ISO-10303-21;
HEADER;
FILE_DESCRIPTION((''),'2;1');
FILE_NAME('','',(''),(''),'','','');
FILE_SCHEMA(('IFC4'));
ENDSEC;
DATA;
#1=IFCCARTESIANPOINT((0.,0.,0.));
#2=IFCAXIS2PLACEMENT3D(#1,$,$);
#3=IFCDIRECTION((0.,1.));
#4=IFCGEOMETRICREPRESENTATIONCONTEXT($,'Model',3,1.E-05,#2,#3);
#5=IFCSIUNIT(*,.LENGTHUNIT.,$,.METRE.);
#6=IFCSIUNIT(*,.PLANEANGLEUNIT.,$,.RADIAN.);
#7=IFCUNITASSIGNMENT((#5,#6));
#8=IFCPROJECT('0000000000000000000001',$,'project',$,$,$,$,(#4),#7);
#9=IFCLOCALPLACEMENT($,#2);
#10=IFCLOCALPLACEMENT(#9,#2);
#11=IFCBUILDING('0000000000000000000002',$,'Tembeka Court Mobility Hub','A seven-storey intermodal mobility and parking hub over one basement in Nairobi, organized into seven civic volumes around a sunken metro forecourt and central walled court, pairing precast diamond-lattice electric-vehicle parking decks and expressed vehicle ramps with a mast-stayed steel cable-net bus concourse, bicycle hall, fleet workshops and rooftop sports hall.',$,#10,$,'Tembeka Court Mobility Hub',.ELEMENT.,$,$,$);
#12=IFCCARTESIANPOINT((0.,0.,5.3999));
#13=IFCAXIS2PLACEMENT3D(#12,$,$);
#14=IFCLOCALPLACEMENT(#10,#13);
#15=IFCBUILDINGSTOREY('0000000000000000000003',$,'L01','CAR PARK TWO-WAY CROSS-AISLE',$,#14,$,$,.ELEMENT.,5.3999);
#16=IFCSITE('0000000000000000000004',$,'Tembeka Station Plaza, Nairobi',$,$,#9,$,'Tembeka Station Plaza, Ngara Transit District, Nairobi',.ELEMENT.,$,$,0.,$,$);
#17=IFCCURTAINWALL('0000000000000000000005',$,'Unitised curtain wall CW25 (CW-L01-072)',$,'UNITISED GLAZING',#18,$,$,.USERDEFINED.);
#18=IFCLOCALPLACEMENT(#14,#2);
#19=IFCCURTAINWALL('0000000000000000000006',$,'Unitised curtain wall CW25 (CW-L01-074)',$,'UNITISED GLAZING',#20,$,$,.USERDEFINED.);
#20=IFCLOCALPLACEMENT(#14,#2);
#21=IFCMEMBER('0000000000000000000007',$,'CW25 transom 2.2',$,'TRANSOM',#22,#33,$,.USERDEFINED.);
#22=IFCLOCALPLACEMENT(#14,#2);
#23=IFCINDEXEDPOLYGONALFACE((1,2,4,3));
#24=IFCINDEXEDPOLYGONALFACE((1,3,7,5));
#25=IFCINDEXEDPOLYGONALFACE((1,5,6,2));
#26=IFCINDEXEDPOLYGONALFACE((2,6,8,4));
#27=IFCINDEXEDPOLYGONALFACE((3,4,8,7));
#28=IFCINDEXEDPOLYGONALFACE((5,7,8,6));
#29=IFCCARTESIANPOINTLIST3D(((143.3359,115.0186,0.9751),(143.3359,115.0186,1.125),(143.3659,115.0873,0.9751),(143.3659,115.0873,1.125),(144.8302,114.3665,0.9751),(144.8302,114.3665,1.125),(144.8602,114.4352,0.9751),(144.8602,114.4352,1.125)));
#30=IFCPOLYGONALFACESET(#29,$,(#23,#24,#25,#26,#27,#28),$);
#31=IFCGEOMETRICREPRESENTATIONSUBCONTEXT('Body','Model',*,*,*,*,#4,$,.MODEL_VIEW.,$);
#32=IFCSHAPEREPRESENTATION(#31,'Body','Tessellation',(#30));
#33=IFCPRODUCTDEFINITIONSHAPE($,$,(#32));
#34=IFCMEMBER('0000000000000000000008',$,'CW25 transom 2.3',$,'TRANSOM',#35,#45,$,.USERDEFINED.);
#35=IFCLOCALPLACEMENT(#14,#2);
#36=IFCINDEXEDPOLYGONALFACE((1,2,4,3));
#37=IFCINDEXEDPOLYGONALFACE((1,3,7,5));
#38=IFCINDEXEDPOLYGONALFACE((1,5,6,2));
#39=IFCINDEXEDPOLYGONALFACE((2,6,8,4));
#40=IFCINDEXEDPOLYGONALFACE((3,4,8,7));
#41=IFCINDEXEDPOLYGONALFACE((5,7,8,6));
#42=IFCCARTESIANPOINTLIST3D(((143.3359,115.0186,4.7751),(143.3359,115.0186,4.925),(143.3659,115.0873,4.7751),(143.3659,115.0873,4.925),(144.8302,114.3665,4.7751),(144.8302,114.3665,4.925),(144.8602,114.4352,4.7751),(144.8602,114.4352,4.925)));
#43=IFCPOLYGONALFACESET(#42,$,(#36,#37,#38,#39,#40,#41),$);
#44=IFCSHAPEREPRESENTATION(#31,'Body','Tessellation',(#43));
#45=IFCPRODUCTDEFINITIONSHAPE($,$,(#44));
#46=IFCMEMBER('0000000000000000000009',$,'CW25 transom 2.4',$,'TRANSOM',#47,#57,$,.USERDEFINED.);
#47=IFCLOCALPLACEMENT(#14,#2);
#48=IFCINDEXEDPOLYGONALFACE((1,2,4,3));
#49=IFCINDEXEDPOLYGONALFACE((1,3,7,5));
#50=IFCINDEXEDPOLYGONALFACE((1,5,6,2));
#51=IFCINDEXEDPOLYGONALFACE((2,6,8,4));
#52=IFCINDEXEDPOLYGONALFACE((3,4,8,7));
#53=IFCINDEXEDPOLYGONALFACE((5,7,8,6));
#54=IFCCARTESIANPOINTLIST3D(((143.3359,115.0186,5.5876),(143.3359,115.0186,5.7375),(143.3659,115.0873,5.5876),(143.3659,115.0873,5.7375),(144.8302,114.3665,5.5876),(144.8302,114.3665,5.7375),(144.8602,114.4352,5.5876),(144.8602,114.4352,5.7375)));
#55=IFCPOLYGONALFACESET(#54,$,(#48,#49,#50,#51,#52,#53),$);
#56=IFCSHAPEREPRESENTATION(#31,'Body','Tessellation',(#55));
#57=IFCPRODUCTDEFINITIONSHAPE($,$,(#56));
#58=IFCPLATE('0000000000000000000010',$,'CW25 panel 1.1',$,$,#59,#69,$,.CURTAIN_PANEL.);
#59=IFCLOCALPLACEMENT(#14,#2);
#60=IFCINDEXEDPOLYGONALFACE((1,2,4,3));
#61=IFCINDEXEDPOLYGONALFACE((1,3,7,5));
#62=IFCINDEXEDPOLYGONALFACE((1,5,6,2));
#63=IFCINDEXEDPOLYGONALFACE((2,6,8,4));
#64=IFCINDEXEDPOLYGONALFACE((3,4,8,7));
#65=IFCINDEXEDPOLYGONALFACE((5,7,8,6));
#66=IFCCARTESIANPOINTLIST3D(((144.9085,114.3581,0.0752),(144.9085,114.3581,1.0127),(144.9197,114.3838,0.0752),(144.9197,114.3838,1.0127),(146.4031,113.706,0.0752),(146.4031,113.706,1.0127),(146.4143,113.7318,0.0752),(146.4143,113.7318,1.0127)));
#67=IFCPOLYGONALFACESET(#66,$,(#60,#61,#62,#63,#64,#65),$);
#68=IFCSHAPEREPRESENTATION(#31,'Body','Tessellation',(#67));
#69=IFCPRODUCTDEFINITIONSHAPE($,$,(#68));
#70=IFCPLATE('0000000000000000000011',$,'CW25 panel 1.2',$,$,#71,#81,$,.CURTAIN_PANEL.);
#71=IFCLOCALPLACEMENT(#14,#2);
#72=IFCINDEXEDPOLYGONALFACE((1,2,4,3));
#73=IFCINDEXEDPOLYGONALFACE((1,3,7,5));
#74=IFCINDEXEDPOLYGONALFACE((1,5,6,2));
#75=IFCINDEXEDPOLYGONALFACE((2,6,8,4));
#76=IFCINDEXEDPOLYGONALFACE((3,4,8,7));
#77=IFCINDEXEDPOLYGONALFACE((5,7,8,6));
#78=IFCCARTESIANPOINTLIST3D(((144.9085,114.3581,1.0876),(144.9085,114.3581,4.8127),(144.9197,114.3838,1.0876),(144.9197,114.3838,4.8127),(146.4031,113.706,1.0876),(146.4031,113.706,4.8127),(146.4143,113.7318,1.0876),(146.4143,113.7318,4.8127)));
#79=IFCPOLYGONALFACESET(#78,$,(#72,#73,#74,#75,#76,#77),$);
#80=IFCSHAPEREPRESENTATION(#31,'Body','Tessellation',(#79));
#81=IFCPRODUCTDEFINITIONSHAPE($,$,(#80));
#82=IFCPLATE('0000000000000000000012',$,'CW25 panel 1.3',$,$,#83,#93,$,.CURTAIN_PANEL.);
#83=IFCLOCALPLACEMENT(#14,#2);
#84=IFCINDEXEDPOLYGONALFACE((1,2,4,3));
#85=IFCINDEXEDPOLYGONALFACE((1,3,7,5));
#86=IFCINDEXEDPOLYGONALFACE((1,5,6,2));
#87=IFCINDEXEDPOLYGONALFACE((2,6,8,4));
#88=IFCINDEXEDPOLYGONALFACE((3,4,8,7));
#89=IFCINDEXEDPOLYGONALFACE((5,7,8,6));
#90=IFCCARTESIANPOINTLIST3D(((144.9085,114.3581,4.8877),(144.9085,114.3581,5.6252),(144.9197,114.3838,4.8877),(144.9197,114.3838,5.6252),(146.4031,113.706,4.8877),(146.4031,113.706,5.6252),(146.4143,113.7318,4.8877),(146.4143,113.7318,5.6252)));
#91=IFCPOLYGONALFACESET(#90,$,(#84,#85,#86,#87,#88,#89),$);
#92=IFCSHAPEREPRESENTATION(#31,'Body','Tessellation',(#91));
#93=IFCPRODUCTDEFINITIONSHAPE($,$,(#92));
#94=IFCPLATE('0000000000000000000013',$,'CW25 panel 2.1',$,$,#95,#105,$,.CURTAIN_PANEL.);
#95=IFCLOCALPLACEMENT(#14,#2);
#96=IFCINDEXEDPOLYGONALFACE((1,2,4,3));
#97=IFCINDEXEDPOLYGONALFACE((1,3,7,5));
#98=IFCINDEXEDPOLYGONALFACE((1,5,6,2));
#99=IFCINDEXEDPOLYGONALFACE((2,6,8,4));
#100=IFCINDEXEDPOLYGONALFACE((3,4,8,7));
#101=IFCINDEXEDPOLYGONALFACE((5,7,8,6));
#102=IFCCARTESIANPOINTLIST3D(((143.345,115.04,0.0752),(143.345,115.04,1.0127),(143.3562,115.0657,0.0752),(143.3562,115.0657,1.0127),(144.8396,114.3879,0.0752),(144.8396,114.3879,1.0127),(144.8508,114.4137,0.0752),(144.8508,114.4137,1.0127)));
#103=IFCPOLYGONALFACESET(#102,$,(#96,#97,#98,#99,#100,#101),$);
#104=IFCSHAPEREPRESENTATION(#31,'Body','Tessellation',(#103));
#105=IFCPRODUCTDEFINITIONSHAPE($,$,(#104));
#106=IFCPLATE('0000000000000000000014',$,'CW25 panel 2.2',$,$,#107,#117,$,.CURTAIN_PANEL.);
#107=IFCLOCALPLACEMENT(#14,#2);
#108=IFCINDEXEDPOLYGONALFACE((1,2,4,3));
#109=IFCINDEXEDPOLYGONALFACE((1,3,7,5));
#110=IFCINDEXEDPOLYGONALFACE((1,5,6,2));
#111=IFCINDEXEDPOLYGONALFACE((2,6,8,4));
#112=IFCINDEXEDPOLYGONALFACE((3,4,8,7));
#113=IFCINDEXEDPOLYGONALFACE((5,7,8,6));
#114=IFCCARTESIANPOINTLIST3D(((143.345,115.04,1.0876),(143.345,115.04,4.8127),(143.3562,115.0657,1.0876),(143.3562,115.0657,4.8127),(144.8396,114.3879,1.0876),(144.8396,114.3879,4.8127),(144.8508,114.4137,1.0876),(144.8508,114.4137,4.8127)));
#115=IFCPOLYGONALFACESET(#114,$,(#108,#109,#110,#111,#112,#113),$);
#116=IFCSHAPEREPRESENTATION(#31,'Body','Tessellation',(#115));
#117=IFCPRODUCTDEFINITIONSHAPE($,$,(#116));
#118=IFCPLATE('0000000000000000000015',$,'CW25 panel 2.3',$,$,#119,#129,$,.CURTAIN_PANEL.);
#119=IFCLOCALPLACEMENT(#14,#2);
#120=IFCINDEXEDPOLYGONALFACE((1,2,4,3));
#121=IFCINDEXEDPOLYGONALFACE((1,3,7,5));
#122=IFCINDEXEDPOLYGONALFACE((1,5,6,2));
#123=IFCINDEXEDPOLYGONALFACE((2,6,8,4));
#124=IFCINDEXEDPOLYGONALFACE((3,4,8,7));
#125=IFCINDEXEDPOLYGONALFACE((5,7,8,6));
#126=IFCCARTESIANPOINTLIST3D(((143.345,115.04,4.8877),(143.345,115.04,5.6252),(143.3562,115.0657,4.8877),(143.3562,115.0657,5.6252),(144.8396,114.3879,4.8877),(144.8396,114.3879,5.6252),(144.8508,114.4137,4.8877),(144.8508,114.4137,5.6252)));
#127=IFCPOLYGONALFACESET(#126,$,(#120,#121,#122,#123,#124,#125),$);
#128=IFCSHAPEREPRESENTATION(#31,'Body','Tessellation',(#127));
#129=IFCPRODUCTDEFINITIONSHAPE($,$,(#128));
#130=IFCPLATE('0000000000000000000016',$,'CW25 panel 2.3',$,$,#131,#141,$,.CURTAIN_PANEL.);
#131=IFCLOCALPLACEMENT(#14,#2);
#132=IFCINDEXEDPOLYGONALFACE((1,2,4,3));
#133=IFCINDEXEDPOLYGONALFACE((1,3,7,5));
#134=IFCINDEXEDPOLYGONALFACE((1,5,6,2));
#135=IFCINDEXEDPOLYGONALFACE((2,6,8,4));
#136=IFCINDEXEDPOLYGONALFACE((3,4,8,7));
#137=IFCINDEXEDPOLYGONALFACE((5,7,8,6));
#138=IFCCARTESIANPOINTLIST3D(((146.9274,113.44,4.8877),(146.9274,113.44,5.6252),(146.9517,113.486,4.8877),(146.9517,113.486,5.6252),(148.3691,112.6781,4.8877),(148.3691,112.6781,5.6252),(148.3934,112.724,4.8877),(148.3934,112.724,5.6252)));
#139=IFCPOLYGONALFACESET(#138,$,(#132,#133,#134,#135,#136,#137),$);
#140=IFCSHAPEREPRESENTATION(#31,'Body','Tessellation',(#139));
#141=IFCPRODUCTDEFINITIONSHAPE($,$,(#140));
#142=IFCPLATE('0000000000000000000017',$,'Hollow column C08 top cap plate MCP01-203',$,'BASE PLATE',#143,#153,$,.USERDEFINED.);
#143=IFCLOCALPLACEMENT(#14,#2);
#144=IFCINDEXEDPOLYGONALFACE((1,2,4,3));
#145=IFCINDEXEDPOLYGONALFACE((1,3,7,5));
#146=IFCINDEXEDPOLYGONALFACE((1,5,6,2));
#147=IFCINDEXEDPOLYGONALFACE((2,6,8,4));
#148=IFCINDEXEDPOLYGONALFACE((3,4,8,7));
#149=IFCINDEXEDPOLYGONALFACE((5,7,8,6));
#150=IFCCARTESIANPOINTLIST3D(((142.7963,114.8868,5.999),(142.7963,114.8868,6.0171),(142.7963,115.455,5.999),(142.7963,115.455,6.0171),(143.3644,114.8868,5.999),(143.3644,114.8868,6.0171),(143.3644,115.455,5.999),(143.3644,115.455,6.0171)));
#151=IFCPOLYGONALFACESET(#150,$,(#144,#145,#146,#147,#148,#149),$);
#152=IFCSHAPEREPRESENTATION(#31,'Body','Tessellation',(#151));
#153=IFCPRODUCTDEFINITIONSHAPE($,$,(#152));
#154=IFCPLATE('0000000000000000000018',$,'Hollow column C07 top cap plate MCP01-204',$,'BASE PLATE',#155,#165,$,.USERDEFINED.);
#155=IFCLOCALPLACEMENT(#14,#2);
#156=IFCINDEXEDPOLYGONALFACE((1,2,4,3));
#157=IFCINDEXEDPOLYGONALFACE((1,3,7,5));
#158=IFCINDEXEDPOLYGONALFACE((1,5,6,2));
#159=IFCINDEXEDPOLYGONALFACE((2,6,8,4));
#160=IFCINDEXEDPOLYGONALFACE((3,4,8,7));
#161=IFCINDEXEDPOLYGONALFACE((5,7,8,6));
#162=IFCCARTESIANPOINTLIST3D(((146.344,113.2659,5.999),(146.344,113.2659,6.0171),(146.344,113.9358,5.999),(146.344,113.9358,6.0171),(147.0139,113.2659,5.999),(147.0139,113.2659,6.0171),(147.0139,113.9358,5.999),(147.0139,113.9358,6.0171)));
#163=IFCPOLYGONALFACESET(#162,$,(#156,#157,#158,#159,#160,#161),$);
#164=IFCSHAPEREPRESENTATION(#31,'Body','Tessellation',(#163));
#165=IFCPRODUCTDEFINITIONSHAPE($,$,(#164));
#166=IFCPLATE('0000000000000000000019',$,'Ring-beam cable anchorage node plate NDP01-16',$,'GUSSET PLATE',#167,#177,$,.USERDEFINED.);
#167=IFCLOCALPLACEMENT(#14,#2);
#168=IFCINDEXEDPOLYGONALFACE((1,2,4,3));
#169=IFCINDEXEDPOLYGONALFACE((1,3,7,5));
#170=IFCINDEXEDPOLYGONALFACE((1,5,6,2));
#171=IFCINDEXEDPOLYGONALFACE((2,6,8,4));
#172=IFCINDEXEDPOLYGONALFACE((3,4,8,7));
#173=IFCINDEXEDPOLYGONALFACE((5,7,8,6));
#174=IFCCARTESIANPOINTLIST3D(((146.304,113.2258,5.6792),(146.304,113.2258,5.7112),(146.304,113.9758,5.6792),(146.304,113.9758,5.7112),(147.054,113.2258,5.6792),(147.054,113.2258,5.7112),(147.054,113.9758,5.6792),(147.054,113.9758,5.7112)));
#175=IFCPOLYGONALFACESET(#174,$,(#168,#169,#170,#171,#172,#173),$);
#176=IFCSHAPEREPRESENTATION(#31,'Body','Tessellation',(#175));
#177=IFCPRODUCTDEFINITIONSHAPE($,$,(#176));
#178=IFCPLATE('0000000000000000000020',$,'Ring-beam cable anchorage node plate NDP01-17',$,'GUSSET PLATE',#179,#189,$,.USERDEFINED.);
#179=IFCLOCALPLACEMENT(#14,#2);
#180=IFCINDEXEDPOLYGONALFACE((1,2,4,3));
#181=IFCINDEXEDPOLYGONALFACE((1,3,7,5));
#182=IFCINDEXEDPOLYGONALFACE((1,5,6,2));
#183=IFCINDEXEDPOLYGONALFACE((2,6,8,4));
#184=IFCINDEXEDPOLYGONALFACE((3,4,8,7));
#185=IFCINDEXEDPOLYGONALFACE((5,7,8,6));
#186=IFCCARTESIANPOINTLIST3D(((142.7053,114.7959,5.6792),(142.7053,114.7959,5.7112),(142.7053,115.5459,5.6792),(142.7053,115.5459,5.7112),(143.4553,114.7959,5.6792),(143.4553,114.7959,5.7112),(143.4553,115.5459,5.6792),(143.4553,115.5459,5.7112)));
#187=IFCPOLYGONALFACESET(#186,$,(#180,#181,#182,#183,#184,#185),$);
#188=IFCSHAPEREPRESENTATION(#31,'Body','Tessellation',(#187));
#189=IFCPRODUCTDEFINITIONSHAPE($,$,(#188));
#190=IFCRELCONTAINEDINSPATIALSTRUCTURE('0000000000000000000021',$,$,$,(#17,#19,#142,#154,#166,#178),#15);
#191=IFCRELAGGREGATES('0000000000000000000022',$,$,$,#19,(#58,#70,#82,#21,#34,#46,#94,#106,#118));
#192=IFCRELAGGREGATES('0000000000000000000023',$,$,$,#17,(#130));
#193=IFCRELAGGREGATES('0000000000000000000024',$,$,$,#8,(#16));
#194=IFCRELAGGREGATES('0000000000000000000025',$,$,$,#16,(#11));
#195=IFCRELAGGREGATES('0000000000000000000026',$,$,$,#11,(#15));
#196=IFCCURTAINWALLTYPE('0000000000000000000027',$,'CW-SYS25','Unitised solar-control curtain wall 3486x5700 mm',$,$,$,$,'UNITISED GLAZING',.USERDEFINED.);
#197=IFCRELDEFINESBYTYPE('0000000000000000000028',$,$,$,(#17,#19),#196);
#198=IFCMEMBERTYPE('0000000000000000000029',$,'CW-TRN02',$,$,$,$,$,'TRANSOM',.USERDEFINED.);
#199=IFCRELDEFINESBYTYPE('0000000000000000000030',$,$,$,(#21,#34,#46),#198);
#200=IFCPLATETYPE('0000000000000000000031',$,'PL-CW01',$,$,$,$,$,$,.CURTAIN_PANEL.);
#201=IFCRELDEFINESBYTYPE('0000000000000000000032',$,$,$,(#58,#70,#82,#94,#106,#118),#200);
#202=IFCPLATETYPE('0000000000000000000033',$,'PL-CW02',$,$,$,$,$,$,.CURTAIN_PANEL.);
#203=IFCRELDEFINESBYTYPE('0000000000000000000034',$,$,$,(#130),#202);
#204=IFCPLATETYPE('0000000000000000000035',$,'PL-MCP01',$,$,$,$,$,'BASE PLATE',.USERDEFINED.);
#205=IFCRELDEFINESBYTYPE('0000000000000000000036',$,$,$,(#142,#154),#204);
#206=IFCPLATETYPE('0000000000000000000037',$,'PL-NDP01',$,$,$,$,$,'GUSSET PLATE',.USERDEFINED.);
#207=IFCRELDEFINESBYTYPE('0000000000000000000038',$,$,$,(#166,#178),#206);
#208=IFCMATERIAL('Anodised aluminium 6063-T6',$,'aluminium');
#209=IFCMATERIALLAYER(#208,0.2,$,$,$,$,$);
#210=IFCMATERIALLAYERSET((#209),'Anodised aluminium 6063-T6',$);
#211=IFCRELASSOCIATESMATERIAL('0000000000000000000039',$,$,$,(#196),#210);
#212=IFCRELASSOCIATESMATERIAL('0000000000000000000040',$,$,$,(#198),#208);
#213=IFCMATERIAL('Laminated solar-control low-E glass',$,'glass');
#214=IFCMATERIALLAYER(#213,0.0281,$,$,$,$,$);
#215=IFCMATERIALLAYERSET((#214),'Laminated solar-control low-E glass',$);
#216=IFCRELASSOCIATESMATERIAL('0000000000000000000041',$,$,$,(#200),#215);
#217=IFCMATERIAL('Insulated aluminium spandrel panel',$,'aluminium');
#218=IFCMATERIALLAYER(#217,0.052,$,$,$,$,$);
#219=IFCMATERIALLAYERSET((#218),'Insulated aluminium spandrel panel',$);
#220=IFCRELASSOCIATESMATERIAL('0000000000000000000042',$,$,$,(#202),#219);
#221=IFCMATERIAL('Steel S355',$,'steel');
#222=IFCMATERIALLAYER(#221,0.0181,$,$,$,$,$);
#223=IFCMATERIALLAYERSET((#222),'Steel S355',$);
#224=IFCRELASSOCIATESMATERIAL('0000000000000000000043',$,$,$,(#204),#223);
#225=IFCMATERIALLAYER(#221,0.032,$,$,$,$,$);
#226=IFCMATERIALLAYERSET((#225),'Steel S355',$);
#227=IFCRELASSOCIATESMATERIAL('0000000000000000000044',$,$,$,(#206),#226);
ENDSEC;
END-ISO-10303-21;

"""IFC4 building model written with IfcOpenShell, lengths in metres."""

from ifc_helpers import new_model, si_unit, direction, frame, origin, origin_2d, place, context, subcontext, project, spatial, rectangle, extrude, material, layer, layer_set, material_profile, profile_set, type_object, element, aggregate, save


model = new_model("IFC4")

# Units and contexts
model_context = context("Model", 3, precision=1e-05, world=origin(), true_north=direction((0.0, 1.0)))
body_context = subcontext(model_context, "Body", "Model", "MODEL_VIEW")
ifc_project = project(units=[si_unit("LENGTHUNIT", "METRE"), si_unit("PLANEANGLEUNIT", "RADIAN")], contexts=[model_context])

# Site, building, storey
site_placement = place(None, origin())
site = spatial("IfcSite", under=ifc_project, at=site_placement, Name="Tembeka Station Plaza, Nairobi", LongName="Tembeka Station Plaza, Ngara Transit District, Nairobi", CompositionType="ELEMENT", RefElevation=0.0)
building_placement = place(site_placement, origin())
building = spatial("IfcBuilding", under=site, at=building_placement, Name="Tembeka Court Mobility Hub", Description="A seven-storey intermodal mobility and parking hub over one basement in Nairobi, organized into seven civic volumes around a sunken metro forecourt and central walled court, pairing precast diamond-lattice electric-vehicle parking decks and expressed vehicle ramps with a mast-stayed steel cable-net bus concourse, bicycle hall, fleet workshops and rooftop sports hall.", LongName="Tembeka Court Mobility Hub", CompositionType="ELEMENT")
storey_placement = place(building_placement, frame((0.0, 0.0, 5.3999)))
storey = spatial("IfcBuildingStorey", under=building, at=storey_placement, Name="L01", Description="CAR PARK TWO-WAY CROSS-AISLE", CompositionType="ELEMENT", Elevation=5.3999)

# Shared definitions
ifc_material_1 = material(Name="Steel S355", Category="steel")

# Curtain wall
ifc_material_2 = material(Name="Anodised aluminium 6063-T6", Category="aluminium")
ifc_layer_1 = layer(ifc_material_2, 0.2)
ifc_layer_set_1 = layer_set([ifc_layer_1], Name="Anodised aluminium 6063-T6")
curtain_wall_type = type_object("IfcCurtainWallType", Name="CW-SYS25", Description="Unitised solar-control curtain wall 3486x5700 mm", ElementType="UNITISED GLAZING", PredefinedType="USERDEFINED", material=ifc_layer_set_1)
curtain_wall_1_placement = place(storey_placement, origin())
curtain_wall_1 = element("IfcCurtainWall", 1, at=curtain_wall_1_placement, inside=storey, type_object=curtain_wall_type, Name="Unitised curtain wall CW25 (CW-L01-072)", ObjectType="UNITISED GLAZING", PredefinedType="USERDEFINED")

# Curtain wall, members, plates
curtain_wall_2_placement = place(storey_placement, origin())
curtain_wall_2 = element("IfcCurtainWall", 2, at=curtain_wall_2_placement, inside=storey, type_object=curtain_wall_type, Name="Unitised curtain wall CW25 (CW-L01-074)", ObjectType="UNITISED GLAZING", PredefinedType="USERDEFINED")
ifc_material_profile_1 = material_profile(ifc_material_2, rectangle(XDim=0.075, YDim=0.1499, at=origin_2d()), Name="ALU-TRN 75x150")
ifc_profile_set_1 = profile_set([ifc_material_profile_1], Name="Anodised aluminium 6063-T6")
member_type_1 = type_object("IfcMemberType", Name="CW-TRN02", ElementType="TRANSOM", PredefinedType="USERDEFINED", material=ifc_profile_set_1)
member_1_placement = place(storey_placement, frame((144.8452, 114.4009, 1.05), z_axis=(-0.916538, 0.399947, 0.0), x_axis=(-0.399947, -0.916538, 0.0)))
member_1 = element("IfcMember", 3, at=member_1_placement, type_object=member_type_1, Name="CW25 transom 2.2", ObjectType="TRANSOM", PredefinedType="USERDEFINED", context=body_context, shape_type="SweptSolid", body=[
    extrude(rectangle(XDim=0.075, YDim=0.1499, at=origin_2d()), origin(), (0.0, 0.0, 1.0), 1.6304),
])
member_2_placement = place(storey_placement, frame((144.8452, 114.4009, 4.8501), z_axis=(-0.916538, 0.399947, 0.0), x_axis=(-0.399947, -0.916538, 0.0)))
member_2 = element("IfcMember", 4, at=member_2_placement, type_object=member_type_1, Name="CW25 transom 2.3", ObjectType="TRANSOM", PredefinedType="USERDEFINED", context=body_context, shape_type="SweptSolid", body=[
    extrude(rectangle(XDim=0.075, YDim=0.1499, at=origin_2d()), origin(), (0.0, 0.0, 1.0), 1.6304),
])
member_3_placement = place(storey_placement, frame((144.8452, 114.4009, 5.6626), z_axis=(-0.916538, 0.399947, 0.0), x_axis=(-0.399947, -0.916538, 0.0)))
member_3 = element("IfcMember", 5, at=member_3_placement, type_object=member_type_1, Name="CW25 transom 2.4", ObjectType="TRANSOM", PredefinedType="USERDEFINED", context=body_context, shape_type="SweptSolid", body=[
    extrude(rectangle(XDim=0.075, YDim=0.1499, at=origin_2d()), origin(), (0.0, 0.0, 1.0), 1.6304),
])
ifc_material_3 = material(Name="Laminated solar-control low-E glass", Category="glass")
ifc_layer_2 = layer(ifc_material_3, 0.0281)
ifc_layer_set_2 = layer_set([ifc_layer_2], Name="Laminated solar-control low-E glass")
plate_type_1 = type_object("IfcPlateType", Name="PL-CW01", PredefinedType="CURTAIN_PANEL", material=ifc_layer_set_2)
plate_1_placement = place(storey_placement, frame((145.6614, 114.0449, 0.0752), z_axis=(0.0, 0.0, 1.0), x_axis=(-0.916572, 0.399869, 0.0)))
plate_1 = element("IfcPlate", 6, at=plate_1_placement, type_object=plate_type_1, Name="CW25 panel 1.1", PredefinedType="CURTAIN_PANEL", context=body_context, shape_type="SweptSolid", body=[
    extrude(rectangle(XDim=1.6306, YDim=0.0281, at=origin_2d()), origin(), (0.0, 0.0, 1.0), 0.9375),
])
plate_2_placement = place(storey_placement, frame((145.6614, 114.0449, 1.0876), z_axis=(0.0, 0.0, 1.0), x_axis=(-0.916572, 0.399869, 0.0)))
plate_2 = element("IfcPlate", 7, at=plate_2_placement, type_object=plate_type_1, Name="CW25 panel 1.2", PredefinedType="CURTAIN_PANEL", context=body_context, shape_type="SweptSolid", body=[
    extrude(rectangle(XDim=1.6306, YDim=0.0281, at=origin_2d()), origin(), (0.0, 0.0, 1.0), 3.7251),
])
plate_3_placement = place(storey_placement, frame((145.6614, 114.0449, 4.8877), z_axis=(0.0, 0.0, 1.0), x_axis=(-0.916572, 0.399869, 0.0)))
plate_3 = element("IfcPlate", 8, at=plate_3_placement, type_object=plate_type_1, Name="CW25 panel 1.3", PredefinedType="CURTAIN_PANEL", context=body_context, shape_type="SweptSolid", body=[
    extrude(rectangle(XDim=1.6306, YDim=0.0281, at=origin_2d()), origin(), (0.0, 0.0, 1.0), 0.7375),
])
plate_4_placement = place(storey_placement, frame((144.0979, 114.7268, 0.0752), z_axis=(0.0, 0.0, 1.0), x_axis=(-0.916572, 0.399869, 0.0)))
plate_4 = element("IfcPlate", 9, at=plate_4_placement, type_object=plate_type_1, Name="CW25 panel 2.1", PredefinedType="CURTAIN_PANEL", context=body_context, shape_type="SweptSolid", body=[
    extrude(rectangle(XDim=1.6306, YDim=0.0281, at=origin_2d()), origin(), (0.0, 0.0, 1.0), 0.9375),
])
plate_5_placement = place(storey_placement, frame((144.0979, 114.7268, 1.0876), z_axis=(0.0, 0.0, 1.0), x_axis=(-0.916572, 0.399869, 0.0)))
plate_5 = element("IfcPlate", 10, at=plate_5_placement, type_object=plate_type_1, Name="CW25 panel 2.2", PredefinedType="CURTAIN_PANEL", context=body_context, shape_type="SweptSolid", body=[
    extrude(rectangle(XDim=1.6306, YDim=0.0281, at=origin_2d()), origin(), (0.0, 0.0, 1.0), 3.7251),
])
plate_6_placement = place(storey_placement, frame((144.0979, 114.7268, 4.8877), z_axis=(0.0, 0.0, 1.0), x_axis=(-0.916572, 0.399869, 0.0)))
plate_6 = element("IfcPlate", 11, at=plate_6_placement, type_object=plate_type_1, Name="CW25 panel 2.3", PredefinedType="CURTAIN_PANEL", context=body_context, shape_type="SweptSolid", body=[
    extrude(rectangle(XDim=1.6306, YDim=0.0281, at=origin_2d()), origin(), (0.0, 0.0, 1.0), 0.7375),
])
aggregate(curtain_wall_2, [plate_1, plate_2, plate_3, member_1, member_2, member_3, plate_4, plate_5, plate_6])

# Plate
ifc_material_4 = material(Name="Insulated aluminium spandrel panel", Category="aluminium")
ifc_layer_3 = layer(ifc_material_4, 0.052)
ifc_layer_set_3 = layer_set([ifc_layer_3], Name="Insulated aluminium spandrel panel")
plate_type_2 = type_object("IfcPlateType", Name="PL-CW02", PredefinedType="CURTAIN_PANEL", material=ifc_layer_set_3)
plate_7_placement = place(storey_placement, frame((147.6604, 113.082, 4.8877), z_axis=(0.0, 0.0, 1.0), x_axis=(-0.884108, 0.467283, 0.0)))
plate_7 = element("IfcPlate", 12, at=plate_7_placement, type_object=plate_type_2, Name="CW25 panel 2.3", PredefinedType="CURTAIN_PANEL", context=body_context, shape_type="SweptSolid", body=[
    extrude(rectangle(XDim=1.6306, YDim=0.052, at=origin_2d()), origin(), (0.0, 0.0, 1.0), 0.7375),
])
aggregate(curtain_wall_1, [plate_7])

# Plates
ifc_layer_4 = layer(ifc_material_1, 0.0181)
ifc_layer_set_4 = layer_set([ifc_layer_4], Name="Steel S355")
plate_type_3 = type_object("IfcPlateType", Name="PL-MCP01", ElementType="BASE PLATE", PredefinedType="USERDEFINED", material=ifc_layer_set_4)
plate_8_placement = place(storey_placement, frame((143.0803, 115.1709, 5.999), z_axis=(0.0, 0.0, 1.0), x_axis=(1.0, 0.0, 0.0)))
element("IfcPlate", 13, at=plate_8_placement, inside=storey, type_object=plate_type_3, Name="Hollow column C08 top cap plate MCP01-203", ObjectType="BASE PLATE", PredefinedType="USERDEFINED", context=body_context, shape_type="SweptSolid", body=[
    extrude(rectangle(XDim=0.5681, YDim=0.5681, at=origin_2d()), origin(), (0.0, 0.0, 1.0), 0.0181),
])
plate_9_placement = place(storey_placement, frame((146.679, 113.6008, 5.999), z_axis=(0.0, 0.0, 1.0), x_axis=(1.0, 0.0, 0.0)))
element("IfcPlate", 14, at=plate_9_placement, inside=storey, type_object=plate_type_3, Name="Hollow column C07 top cap plate MCP01-204", ObjectType="BASE PLATE", PredefinedType="USERDEFINED", context=body_context, shape_type="SweptSolid", body=[
    extrude(rectangle(XDim=0.6699, YDim=0.6699, at=origin_2d()), origin(), (0.0, 0.0, 1.0), 0.0181),
])
ifc_layer_5 = layer(ifc_material_1, 0.032)
ifc_layer_set_5 = layer_set([ifc_layer_5], Name="Steel S355")
plate_type_4 = type_object("IfcPlateType", Name="PL-NDP01", ElementType="GUSSET PLATE", PredefinedType="USERDEFINED", material=ifc_layer_set_5)
for number, where, z_axis, x_axis, name in (
    (15, (146.679, 113.6008, 5.6792), (0.0, 0.0, 1.0), (1.0, 0.0, 0.0), "Ring-beam cable anchorage node plate NDP01-16"),
    (16, (143.0803, 115.1709, 5.6792), (0.0, 0.0, 1.0), (1.0, 0.0, 0.0), "Ring-beam cable anchorage node plate NDP01-17"),
):
    element("IfcPlate", number, at=place(storey_placement, frame(where, z_axis=z_axis, x_axis=x_axis)), inside=storey, type_object=plate_type_4, Name=name, ObjectType="GUSSET PLATE", PredefinedType="USERDEFINED", context=body_context, shape_type="SweptSolid", body=[
        extrude(rectangle(XDim=0.75, YDim=0.75, at=origin_2d()), origin(), (0.0, 0.0, 1.0), 0.032),
    ])

save(model, "model.ifc")
